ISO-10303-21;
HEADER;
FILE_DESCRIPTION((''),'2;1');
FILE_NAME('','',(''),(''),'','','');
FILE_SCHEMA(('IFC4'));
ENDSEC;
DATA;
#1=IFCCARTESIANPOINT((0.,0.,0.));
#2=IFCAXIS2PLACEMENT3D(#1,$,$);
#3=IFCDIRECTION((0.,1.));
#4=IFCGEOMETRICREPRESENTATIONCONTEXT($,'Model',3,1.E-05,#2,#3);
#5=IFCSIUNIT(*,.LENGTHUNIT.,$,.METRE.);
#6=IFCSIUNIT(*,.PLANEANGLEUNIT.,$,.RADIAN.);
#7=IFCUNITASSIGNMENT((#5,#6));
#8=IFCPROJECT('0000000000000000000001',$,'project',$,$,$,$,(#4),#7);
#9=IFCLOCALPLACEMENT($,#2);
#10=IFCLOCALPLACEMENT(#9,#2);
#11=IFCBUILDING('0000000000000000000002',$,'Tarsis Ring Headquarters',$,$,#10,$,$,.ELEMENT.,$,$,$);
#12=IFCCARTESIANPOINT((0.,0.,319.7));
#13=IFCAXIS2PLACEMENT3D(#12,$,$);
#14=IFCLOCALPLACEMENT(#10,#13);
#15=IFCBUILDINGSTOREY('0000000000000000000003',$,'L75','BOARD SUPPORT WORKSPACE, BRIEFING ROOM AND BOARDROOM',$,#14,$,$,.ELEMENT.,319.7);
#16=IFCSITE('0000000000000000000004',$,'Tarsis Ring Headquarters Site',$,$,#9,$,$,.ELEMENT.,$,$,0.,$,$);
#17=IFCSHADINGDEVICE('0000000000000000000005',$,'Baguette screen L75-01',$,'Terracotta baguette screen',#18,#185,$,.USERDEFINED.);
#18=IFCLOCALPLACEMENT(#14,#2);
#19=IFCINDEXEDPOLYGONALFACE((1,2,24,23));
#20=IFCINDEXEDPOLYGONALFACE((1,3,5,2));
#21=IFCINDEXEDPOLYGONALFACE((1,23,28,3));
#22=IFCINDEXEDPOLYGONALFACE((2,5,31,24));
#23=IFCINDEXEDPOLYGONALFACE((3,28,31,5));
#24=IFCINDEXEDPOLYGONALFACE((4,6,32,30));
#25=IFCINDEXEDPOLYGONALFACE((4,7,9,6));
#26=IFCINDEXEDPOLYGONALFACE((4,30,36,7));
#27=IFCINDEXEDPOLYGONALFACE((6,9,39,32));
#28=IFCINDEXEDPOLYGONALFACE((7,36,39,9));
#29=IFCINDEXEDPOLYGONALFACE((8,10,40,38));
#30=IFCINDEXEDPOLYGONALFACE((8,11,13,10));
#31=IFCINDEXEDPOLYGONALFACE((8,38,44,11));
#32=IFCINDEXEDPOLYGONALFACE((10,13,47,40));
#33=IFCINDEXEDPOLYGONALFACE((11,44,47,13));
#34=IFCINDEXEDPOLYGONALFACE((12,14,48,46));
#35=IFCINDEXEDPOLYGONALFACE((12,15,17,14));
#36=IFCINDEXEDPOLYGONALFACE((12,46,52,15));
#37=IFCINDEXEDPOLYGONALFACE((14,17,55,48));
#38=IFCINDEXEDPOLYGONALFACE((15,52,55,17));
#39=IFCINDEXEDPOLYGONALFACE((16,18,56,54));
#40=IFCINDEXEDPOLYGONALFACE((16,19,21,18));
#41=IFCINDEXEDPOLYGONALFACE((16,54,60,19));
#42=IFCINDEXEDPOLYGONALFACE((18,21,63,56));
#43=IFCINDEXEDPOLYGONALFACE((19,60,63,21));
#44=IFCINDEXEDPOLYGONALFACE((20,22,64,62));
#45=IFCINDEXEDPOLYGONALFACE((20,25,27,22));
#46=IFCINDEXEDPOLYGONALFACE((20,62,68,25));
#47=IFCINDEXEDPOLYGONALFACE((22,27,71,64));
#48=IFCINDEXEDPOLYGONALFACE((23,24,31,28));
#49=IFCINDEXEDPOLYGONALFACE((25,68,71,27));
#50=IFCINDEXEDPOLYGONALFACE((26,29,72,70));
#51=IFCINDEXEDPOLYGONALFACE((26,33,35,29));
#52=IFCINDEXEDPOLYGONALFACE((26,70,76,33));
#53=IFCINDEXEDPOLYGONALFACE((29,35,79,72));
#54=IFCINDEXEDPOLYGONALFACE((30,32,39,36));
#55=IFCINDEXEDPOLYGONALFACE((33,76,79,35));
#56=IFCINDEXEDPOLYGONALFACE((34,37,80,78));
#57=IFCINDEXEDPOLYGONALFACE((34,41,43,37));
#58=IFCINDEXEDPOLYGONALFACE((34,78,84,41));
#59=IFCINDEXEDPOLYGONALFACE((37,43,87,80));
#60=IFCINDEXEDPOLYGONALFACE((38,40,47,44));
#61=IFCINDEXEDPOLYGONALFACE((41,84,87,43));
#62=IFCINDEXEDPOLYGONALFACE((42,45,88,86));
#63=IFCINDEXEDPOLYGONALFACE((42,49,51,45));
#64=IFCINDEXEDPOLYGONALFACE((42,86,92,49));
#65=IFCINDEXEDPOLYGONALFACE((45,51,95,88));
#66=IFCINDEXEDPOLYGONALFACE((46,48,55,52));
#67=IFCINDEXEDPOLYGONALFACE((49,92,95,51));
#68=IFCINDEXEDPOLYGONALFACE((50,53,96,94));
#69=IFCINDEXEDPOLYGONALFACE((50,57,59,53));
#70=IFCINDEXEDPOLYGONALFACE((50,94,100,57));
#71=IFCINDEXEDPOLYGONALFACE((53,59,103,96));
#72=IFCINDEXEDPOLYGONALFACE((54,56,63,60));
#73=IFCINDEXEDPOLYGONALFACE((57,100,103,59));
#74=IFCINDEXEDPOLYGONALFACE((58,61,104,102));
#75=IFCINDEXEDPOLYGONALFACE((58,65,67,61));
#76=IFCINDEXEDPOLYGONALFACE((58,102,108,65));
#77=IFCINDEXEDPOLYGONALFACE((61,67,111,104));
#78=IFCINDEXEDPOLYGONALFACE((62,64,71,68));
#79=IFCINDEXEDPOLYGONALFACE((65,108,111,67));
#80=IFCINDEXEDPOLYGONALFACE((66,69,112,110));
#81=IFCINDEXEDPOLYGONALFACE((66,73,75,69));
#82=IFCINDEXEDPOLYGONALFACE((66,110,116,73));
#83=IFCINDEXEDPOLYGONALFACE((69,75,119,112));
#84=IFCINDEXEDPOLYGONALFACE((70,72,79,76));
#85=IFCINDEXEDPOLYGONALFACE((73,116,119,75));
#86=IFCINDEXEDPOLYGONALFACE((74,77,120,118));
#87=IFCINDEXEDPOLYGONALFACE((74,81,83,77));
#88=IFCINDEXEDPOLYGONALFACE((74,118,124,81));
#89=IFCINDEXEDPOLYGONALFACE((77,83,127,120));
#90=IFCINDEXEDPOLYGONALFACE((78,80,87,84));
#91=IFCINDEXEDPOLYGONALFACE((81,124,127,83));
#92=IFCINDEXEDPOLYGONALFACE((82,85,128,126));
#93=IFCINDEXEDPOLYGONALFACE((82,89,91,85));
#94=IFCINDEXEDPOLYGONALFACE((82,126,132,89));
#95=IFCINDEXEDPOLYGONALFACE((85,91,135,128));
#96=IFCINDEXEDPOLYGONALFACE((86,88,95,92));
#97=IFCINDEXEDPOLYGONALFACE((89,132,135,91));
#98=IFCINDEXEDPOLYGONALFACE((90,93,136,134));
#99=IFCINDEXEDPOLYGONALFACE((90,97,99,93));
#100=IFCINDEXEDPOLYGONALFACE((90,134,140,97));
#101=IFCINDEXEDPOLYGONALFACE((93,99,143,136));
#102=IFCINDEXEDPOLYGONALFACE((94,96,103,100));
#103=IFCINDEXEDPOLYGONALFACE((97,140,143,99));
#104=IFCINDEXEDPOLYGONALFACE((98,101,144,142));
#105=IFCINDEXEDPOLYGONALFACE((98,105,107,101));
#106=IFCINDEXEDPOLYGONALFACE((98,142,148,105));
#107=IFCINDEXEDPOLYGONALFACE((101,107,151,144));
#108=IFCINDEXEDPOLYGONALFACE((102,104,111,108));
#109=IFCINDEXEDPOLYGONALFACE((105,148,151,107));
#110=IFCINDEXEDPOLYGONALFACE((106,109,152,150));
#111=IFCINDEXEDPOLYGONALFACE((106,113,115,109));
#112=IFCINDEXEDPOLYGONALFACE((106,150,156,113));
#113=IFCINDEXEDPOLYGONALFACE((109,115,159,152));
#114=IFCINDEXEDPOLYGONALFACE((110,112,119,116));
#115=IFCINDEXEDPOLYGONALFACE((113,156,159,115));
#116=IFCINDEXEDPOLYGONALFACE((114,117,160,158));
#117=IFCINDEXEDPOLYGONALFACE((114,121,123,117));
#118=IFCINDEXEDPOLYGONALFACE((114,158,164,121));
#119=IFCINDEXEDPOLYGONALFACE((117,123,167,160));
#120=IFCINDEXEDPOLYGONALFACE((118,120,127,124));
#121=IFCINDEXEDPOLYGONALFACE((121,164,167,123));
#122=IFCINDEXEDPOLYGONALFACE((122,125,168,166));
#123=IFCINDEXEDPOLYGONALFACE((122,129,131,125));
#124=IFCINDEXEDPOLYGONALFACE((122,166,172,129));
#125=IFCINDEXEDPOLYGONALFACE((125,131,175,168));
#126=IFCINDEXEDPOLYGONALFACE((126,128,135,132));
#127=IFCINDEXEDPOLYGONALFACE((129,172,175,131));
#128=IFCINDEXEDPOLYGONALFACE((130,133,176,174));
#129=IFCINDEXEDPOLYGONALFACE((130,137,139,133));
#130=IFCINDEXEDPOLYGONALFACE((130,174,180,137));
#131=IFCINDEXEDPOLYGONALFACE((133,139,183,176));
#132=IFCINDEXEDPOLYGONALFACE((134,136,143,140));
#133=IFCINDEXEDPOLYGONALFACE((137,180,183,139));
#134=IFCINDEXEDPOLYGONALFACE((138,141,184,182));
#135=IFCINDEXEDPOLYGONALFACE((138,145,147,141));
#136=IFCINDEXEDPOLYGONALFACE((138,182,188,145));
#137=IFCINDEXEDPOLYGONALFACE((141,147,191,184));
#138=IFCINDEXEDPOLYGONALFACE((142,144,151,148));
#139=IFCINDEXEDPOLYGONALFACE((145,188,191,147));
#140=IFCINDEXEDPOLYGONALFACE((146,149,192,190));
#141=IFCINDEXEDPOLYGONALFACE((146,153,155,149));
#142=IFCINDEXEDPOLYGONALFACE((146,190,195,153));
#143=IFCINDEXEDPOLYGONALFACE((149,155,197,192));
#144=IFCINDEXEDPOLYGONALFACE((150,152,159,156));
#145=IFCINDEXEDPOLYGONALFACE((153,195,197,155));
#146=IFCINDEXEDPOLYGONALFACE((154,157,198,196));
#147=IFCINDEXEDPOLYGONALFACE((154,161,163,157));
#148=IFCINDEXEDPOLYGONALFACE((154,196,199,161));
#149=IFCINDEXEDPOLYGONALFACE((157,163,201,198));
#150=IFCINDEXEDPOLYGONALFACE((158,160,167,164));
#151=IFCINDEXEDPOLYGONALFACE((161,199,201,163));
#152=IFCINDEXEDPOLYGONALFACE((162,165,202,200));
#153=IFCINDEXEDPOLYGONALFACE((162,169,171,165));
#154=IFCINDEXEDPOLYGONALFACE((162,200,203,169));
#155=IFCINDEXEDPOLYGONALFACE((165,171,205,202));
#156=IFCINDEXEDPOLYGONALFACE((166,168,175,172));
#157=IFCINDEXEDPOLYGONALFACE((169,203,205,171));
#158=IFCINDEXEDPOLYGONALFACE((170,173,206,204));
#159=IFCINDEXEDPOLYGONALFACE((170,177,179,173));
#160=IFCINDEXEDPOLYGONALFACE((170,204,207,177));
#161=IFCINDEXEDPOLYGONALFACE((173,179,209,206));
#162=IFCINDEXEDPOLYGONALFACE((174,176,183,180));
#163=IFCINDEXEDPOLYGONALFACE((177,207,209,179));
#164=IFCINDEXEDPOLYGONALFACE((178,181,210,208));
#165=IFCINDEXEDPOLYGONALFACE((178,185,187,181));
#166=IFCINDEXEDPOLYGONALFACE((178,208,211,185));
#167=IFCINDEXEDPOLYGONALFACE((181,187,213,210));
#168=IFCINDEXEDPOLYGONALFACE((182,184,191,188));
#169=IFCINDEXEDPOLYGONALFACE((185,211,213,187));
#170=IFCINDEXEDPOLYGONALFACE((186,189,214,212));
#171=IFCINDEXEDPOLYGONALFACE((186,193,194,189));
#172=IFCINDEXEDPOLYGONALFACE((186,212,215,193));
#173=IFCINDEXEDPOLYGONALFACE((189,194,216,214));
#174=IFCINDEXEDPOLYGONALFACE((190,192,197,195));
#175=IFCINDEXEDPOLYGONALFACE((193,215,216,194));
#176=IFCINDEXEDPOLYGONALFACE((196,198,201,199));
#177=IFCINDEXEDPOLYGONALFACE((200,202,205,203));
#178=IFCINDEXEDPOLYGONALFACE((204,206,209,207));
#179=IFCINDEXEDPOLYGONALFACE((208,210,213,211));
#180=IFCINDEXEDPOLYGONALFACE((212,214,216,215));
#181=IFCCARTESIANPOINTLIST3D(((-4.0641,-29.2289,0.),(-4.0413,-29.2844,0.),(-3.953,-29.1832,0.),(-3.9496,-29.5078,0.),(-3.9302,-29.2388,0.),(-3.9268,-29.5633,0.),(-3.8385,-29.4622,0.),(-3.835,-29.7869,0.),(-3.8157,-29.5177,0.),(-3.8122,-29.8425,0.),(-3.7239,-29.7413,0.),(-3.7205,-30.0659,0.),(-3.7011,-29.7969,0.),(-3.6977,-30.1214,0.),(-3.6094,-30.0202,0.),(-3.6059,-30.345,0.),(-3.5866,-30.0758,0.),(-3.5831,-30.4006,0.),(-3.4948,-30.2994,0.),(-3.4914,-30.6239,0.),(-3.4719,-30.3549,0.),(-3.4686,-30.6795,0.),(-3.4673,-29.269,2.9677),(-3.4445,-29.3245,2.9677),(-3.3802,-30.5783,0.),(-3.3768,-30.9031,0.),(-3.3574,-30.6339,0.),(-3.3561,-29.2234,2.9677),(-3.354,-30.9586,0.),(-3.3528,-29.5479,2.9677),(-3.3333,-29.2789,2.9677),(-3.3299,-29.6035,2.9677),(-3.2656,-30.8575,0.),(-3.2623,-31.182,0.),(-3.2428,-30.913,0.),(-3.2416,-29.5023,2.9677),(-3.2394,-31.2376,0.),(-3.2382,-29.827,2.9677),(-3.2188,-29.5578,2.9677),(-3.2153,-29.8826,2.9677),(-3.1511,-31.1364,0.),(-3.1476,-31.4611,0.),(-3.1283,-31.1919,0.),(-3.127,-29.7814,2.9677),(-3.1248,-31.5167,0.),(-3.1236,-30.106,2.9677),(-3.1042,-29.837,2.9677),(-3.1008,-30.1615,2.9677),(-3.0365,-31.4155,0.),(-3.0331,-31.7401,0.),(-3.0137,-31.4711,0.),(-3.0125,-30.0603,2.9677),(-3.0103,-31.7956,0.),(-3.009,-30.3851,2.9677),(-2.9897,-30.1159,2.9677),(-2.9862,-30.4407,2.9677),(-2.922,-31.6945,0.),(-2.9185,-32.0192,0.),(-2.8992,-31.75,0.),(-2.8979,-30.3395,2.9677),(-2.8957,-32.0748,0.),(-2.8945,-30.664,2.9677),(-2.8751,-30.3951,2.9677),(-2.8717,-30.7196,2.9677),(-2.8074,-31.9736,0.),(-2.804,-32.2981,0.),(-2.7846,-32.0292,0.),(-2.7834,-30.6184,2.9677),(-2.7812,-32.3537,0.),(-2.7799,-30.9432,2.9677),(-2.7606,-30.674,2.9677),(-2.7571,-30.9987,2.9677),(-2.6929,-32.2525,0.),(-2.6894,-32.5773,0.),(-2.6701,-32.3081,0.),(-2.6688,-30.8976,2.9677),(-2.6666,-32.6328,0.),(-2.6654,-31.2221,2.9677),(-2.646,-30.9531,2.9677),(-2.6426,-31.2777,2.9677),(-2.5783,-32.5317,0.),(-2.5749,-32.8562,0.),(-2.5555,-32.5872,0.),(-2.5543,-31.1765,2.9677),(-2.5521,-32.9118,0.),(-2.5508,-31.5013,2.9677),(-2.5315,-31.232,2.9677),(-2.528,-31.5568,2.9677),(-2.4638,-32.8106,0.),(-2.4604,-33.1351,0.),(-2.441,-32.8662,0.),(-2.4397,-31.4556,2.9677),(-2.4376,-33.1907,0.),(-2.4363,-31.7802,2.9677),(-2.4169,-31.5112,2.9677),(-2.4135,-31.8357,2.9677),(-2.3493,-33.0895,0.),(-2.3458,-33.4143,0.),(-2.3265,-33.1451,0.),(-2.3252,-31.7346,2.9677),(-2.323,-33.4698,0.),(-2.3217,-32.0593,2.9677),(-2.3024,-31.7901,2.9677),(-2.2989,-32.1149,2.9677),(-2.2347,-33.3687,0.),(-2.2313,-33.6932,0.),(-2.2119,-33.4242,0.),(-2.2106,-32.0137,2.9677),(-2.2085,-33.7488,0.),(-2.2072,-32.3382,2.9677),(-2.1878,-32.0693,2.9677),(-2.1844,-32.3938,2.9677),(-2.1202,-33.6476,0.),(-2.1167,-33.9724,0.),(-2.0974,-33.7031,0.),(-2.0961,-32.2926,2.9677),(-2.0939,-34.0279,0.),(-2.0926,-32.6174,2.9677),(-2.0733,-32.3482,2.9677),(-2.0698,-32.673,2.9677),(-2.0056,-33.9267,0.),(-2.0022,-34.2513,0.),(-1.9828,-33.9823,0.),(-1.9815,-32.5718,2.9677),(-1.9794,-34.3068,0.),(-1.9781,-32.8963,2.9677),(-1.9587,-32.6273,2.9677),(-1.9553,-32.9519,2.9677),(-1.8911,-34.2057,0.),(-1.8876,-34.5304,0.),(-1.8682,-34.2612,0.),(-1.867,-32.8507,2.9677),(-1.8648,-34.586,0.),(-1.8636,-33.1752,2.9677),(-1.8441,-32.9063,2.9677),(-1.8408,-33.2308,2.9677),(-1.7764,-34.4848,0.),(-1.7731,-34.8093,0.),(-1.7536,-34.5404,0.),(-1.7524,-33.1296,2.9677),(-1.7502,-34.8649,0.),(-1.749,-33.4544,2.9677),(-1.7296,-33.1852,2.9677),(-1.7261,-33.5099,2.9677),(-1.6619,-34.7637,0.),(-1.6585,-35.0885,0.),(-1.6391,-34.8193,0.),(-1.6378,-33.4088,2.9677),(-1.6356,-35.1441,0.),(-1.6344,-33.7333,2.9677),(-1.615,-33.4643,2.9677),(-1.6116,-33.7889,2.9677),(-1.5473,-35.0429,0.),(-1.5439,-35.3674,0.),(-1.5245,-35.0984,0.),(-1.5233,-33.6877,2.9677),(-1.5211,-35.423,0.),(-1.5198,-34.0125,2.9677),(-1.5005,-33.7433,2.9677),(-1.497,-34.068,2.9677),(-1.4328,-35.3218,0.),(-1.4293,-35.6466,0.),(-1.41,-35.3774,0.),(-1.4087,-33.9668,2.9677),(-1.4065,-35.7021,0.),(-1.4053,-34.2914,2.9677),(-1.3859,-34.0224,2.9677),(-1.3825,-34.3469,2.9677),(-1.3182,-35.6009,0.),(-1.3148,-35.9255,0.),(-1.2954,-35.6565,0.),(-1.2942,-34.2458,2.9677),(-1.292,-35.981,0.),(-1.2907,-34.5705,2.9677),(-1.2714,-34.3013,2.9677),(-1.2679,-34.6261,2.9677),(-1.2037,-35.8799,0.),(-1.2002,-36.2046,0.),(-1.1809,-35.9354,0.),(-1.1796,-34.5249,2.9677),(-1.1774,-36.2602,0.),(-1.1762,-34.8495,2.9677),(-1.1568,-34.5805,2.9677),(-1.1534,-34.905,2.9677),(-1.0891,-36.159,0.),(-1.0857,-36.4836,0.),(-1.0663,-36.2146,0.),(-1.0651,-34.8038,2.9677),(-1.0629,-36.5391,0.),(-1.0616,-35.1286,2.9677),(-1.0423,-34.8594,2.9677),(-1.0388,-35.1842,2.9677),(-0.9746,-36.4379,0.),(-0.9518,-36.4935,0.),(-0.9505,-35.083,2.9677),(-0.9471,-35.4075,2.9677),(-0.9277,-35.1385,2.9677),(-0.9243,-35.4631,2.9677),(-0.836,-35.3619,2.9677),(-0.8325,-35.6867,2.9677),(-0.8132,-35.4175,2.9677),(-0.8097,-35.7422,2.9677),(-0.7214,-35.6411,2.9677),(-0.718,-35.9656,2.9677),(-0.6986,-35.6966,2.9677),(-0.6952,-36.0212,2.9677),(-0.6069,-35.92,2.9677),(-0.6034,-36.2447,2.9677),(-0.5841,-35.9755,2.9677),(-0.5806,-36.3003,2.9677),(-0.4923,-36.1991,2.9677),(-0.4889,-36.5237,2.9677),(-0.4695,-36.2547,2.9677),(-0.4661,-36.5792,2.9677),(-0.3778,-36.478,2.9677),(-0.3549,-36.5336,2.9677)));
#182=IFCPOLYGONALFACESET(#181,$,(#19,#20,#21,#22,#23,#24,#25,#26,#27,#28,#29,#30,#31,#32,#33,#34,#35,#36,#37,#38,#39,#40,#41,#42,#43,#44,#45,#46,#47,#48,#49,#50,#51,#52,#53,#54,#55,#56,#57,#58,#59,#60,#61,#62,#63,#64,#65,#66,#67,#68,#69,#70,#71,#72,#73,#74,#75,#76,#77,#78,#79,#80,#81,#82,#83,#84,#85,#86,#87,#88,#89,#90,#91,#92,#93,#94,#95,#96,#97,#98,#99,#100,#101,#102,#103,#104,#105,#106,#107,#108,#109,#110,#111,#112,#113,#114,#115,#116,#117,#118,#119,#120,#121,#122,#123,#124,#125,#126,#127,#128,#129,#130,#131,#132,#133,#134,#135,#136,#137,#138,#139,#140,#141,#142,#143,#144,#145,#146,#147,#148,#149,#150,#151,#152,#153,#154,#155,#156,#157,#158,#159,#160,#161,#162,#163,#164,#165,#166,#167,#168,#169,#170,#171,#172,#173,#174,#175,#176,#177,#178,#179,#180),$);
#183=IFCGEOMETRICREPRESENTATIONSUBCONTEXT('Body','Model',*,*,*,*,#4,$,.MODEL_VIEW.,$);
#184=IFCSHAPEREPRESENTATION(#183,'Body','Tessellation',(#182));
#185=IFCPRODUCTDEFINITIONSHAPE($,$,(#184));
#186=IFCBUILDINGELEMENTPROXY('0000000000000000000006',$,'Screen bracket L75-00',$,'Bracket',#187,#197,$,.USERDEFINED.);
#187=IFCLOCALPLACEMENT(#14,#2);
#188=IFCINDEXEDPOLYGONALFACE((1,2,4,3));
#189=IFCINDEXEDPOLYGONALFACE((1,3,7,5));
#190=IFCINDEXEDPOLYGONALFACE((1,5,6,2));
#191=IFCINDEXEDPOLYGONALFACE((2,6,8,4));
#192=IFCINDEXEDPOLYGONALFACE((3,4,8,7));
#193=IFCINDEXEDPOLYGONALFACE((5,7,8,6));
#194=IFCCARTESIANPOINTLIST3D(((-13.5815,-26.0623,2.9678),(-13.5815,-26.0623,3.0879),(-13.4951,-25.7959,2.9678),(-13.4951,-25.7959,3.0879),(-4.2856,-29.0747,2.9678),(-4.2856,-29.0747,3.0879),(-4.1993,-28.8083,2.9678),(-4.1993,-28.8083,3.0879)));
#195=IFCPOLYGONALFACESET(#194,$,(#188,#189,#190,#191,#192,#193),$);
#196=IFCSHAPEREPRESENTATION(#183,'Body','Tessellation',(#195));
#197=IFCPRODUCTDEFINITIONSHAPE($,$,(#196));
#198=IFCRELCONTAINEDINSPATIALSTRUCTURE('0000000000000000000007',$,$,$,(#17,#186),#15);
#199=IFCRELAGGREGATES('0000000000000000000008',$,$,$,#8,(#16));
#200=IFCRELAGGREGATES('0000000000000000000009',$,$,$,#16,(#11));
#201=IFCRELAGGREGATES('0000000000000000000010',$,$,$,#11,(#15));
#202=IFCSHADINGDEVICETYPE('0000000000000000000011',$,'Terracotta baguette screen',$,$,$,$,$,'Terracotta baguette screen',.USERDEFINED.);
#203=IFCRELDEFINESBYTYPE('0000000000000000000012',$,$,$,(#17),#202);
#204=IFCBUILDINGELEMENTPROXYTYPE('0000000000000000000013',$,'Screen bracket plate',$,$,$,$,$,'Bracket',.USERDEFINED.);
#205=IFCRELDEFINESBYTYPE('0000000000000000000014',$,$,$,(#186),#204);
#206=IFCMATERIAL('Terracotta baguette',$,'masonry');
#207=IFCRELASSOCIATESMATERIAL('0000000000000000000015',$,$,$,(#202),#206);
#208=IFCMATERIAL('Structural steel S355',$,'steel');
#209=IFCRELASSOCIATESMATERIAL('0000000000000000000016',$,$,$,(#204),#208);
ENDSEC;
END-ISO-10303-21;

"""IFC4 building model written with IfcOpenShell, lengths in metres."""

from ifc_helpers import new_model, si_unit, direction, frame, frame_2d, origin, origin_2d, place, context, subcontext, project, spatial, rectangle, composite_profile, extrude, material, type_object, element, save


model = new_model("IFC4")

# Units and contexts
model_context = context("Model", 3, precision=1e-05, world=origin(), true_north=direction((0.0, 1.0)))
body_context = subcontext(model_context, "Body", "Model", "MODEL_VIEW")
ifc_project = project(units=[si_unit("LENGTHUNIT", "METRE"), si_unit("PLANEANGLEUNIT", "RADIAN")], contexts=[model_context])

# Site, building, storey
site_placement = place(None, origin())
site = spatial("IfcSite", under=ifc_project, at=site_placement, Name="Tarsis Ring Headquarters Site", CompositionType="ELEMENT", RefElevation=0.0)
building_placement = place(site_placement, origin())
building = spatial("IfcBuilding", under=site, at=building_placement, Name="Tarsis Ring Headquarters", CompositionType="ELEMENT")
storey_placement = place(building_placement, frame((0.0, 0.0, 319.7)))
storey = spatial("IfcBuildingStorey", under=building, at=storey_placement, Name="L75", Description="BOARD SUPPORT WORKSPACE, BRIEFING ROOM AND BOARDROOM", CompositionType="ELEMENT", Elevation=319.7)

# Shared definitions
ifc_material_1 = material(Name="Structural steel S355", Category="steel")

# Shading device
ifc_material_2 = material(Name="Terracotta baguette", Category="masonry")
shading_device_type = type_object("IfcShadingDeviceType", Name="Terracotta baguette screen", ElementType="Terracotta baguette screen", PredefinedType="USERDEFINED", material=ifc_material_2)
shading_device_1_placement = place(storey_placement, frame((-4.0085, -29.2061, 0.0), z_axis=(0.0, 0.0, 1.0), x_axis=(0.379789, -0.92508, 0.0)))
element("IfcShadingDevice", 1, at=shading_device_1_placement, inside=storey, type_object=shading_device_type, Name="Baguette screen L75-01", ObjectType="Terracotta baguette screen", PredefinedType="USERDEFINED", context=body_context, shape_type="SweptSolid", body=[
    extrude(composite_profile([rectangle(XDim=0.0601, YDim=0.1201, at=frame_2d((0.03, 0.0))), rectangle(XDim=0.0601, YDim=0.1201, at=frame_2d((0.3315, 0.0))), rectangle(XDim=0.0601, YDim=0.1201, at=frame_2d((0.6333, 0.0))), rectangle(XDim=0.0601, YDim=0.1201, at=frame_2d((0.9348, 0.0))), rectangle(XDim=0.0601, YDim=0.1201, at=frame_2d((1.2366, 0.0))), rectangle(XDim=0.0601, YDim=0.1201, at=frame_2d((1.5381, 0.0))), rectangle(XDim=0.0601, YDim=0.1201, at=frame_2d((1.8398, 0.0))), rectangle(XDim=0.0601, YDim=0.1201, at=frame_2d((2.1414, 0.0))), rectangle(XDim=0.0601, YDim=0.1201, at=frame_2d((2.4431, 0.0))), rectangle(XDim=0.0601, YDim=0.1201, at=frame_2d((2.7446, 0.0))), rectangle(XDim=0.0601, YDim=0.1201, at=frame_2d((3.0464, 0.0))), rectangle(XDim=0.0601, YDim=0.1201, at=frame_2d((3.3479, 0.0))), rectangle(XDim=0.0601, YDim=0.1201, at=frame_2d((3.6497, 0.0))), rectangle(XDim=0.0601, YDim=0.1201, at=frame_2d((3.9512, 0.0))), rectangle(XDim=0.0601, YDim=0.1201, at=frame_2d((4.2527, 0.0))), rectangle(XDim=0.0601, YDim=0.1201, at=frame_2d((4.5544, 0.0))), rectangle(XDim=0.0601, YDim=0.1201, at=frame_2d((4.856, 0.0))), rectangle(XDim=0.0601, YDim=0.1201, at=frame_2d((5.1577, 0.0))), rectangle(XDim=0.0601, YDim=0.1201, at=frame_2d((5.4592, 0.0))), rectangle(XDim=0.0601, YDim=0.1201, at=frame_2d((5.761, 0.0))), rectangle(XDim=0.0601, YDim=0.1201, at=frame_2d((6.0625, 0.0))), rectangle(XDim=0.0601, YDim=0.1201, at=frame_2d((6.3643, 0.0))), rectangle(XDim=0.0601, YDim=0.1201, at=frame_2d((6.6658, 0.0))), rectangle(XDim=0.0601, YDim=0.1201, at=frame_2d((6.9675, 0.0))), rectangle(XDim=0.0601, YDim=0.1201, at=frame_2d((7.269, 0.0))), rectangle(XDim=0.0601, YDim=0.1201, at=frame_2d((7.5708, 0.0))), rectangle(XDim=0.0601, YDim=0.1201, at=frame_2d((7.8723, 0.0)))]), origin(), (0.08713, 0.177346, 0.980284), 3.0273),
])

# Building element proxy
building_element_proxy_type = type_object("IfcBuildingElementProxyType", Name="Screen bracket plate", ElementType="Bracket", PredefinedType="USERDEFINED", material=ifc_material_1)
proxy_placement = place(storey_placement, frame((-8.8904, -27.4353, 2.9678), z_axis=(0.0, 0.0, 1.0), x_axis=(0.951299, -0.30827, 0.0)))
element("IfcBuildingElementProxy", 2, at=proxy_placement, inside=storey, type_object=building_element_proxy_type, Name="Screen bracket L75-00", ObjectType="Bracket", PredefinedType="USERDEFINED", context=body_context, shape_type="SweptSolid", body=[
    extrude(rectangle(XDim=9.7717, YDim=0.28, at=origin_2d()), origin(), (0.0, 0.0, 1.0), 0.1201),
])

save(model, "model.ifc")
